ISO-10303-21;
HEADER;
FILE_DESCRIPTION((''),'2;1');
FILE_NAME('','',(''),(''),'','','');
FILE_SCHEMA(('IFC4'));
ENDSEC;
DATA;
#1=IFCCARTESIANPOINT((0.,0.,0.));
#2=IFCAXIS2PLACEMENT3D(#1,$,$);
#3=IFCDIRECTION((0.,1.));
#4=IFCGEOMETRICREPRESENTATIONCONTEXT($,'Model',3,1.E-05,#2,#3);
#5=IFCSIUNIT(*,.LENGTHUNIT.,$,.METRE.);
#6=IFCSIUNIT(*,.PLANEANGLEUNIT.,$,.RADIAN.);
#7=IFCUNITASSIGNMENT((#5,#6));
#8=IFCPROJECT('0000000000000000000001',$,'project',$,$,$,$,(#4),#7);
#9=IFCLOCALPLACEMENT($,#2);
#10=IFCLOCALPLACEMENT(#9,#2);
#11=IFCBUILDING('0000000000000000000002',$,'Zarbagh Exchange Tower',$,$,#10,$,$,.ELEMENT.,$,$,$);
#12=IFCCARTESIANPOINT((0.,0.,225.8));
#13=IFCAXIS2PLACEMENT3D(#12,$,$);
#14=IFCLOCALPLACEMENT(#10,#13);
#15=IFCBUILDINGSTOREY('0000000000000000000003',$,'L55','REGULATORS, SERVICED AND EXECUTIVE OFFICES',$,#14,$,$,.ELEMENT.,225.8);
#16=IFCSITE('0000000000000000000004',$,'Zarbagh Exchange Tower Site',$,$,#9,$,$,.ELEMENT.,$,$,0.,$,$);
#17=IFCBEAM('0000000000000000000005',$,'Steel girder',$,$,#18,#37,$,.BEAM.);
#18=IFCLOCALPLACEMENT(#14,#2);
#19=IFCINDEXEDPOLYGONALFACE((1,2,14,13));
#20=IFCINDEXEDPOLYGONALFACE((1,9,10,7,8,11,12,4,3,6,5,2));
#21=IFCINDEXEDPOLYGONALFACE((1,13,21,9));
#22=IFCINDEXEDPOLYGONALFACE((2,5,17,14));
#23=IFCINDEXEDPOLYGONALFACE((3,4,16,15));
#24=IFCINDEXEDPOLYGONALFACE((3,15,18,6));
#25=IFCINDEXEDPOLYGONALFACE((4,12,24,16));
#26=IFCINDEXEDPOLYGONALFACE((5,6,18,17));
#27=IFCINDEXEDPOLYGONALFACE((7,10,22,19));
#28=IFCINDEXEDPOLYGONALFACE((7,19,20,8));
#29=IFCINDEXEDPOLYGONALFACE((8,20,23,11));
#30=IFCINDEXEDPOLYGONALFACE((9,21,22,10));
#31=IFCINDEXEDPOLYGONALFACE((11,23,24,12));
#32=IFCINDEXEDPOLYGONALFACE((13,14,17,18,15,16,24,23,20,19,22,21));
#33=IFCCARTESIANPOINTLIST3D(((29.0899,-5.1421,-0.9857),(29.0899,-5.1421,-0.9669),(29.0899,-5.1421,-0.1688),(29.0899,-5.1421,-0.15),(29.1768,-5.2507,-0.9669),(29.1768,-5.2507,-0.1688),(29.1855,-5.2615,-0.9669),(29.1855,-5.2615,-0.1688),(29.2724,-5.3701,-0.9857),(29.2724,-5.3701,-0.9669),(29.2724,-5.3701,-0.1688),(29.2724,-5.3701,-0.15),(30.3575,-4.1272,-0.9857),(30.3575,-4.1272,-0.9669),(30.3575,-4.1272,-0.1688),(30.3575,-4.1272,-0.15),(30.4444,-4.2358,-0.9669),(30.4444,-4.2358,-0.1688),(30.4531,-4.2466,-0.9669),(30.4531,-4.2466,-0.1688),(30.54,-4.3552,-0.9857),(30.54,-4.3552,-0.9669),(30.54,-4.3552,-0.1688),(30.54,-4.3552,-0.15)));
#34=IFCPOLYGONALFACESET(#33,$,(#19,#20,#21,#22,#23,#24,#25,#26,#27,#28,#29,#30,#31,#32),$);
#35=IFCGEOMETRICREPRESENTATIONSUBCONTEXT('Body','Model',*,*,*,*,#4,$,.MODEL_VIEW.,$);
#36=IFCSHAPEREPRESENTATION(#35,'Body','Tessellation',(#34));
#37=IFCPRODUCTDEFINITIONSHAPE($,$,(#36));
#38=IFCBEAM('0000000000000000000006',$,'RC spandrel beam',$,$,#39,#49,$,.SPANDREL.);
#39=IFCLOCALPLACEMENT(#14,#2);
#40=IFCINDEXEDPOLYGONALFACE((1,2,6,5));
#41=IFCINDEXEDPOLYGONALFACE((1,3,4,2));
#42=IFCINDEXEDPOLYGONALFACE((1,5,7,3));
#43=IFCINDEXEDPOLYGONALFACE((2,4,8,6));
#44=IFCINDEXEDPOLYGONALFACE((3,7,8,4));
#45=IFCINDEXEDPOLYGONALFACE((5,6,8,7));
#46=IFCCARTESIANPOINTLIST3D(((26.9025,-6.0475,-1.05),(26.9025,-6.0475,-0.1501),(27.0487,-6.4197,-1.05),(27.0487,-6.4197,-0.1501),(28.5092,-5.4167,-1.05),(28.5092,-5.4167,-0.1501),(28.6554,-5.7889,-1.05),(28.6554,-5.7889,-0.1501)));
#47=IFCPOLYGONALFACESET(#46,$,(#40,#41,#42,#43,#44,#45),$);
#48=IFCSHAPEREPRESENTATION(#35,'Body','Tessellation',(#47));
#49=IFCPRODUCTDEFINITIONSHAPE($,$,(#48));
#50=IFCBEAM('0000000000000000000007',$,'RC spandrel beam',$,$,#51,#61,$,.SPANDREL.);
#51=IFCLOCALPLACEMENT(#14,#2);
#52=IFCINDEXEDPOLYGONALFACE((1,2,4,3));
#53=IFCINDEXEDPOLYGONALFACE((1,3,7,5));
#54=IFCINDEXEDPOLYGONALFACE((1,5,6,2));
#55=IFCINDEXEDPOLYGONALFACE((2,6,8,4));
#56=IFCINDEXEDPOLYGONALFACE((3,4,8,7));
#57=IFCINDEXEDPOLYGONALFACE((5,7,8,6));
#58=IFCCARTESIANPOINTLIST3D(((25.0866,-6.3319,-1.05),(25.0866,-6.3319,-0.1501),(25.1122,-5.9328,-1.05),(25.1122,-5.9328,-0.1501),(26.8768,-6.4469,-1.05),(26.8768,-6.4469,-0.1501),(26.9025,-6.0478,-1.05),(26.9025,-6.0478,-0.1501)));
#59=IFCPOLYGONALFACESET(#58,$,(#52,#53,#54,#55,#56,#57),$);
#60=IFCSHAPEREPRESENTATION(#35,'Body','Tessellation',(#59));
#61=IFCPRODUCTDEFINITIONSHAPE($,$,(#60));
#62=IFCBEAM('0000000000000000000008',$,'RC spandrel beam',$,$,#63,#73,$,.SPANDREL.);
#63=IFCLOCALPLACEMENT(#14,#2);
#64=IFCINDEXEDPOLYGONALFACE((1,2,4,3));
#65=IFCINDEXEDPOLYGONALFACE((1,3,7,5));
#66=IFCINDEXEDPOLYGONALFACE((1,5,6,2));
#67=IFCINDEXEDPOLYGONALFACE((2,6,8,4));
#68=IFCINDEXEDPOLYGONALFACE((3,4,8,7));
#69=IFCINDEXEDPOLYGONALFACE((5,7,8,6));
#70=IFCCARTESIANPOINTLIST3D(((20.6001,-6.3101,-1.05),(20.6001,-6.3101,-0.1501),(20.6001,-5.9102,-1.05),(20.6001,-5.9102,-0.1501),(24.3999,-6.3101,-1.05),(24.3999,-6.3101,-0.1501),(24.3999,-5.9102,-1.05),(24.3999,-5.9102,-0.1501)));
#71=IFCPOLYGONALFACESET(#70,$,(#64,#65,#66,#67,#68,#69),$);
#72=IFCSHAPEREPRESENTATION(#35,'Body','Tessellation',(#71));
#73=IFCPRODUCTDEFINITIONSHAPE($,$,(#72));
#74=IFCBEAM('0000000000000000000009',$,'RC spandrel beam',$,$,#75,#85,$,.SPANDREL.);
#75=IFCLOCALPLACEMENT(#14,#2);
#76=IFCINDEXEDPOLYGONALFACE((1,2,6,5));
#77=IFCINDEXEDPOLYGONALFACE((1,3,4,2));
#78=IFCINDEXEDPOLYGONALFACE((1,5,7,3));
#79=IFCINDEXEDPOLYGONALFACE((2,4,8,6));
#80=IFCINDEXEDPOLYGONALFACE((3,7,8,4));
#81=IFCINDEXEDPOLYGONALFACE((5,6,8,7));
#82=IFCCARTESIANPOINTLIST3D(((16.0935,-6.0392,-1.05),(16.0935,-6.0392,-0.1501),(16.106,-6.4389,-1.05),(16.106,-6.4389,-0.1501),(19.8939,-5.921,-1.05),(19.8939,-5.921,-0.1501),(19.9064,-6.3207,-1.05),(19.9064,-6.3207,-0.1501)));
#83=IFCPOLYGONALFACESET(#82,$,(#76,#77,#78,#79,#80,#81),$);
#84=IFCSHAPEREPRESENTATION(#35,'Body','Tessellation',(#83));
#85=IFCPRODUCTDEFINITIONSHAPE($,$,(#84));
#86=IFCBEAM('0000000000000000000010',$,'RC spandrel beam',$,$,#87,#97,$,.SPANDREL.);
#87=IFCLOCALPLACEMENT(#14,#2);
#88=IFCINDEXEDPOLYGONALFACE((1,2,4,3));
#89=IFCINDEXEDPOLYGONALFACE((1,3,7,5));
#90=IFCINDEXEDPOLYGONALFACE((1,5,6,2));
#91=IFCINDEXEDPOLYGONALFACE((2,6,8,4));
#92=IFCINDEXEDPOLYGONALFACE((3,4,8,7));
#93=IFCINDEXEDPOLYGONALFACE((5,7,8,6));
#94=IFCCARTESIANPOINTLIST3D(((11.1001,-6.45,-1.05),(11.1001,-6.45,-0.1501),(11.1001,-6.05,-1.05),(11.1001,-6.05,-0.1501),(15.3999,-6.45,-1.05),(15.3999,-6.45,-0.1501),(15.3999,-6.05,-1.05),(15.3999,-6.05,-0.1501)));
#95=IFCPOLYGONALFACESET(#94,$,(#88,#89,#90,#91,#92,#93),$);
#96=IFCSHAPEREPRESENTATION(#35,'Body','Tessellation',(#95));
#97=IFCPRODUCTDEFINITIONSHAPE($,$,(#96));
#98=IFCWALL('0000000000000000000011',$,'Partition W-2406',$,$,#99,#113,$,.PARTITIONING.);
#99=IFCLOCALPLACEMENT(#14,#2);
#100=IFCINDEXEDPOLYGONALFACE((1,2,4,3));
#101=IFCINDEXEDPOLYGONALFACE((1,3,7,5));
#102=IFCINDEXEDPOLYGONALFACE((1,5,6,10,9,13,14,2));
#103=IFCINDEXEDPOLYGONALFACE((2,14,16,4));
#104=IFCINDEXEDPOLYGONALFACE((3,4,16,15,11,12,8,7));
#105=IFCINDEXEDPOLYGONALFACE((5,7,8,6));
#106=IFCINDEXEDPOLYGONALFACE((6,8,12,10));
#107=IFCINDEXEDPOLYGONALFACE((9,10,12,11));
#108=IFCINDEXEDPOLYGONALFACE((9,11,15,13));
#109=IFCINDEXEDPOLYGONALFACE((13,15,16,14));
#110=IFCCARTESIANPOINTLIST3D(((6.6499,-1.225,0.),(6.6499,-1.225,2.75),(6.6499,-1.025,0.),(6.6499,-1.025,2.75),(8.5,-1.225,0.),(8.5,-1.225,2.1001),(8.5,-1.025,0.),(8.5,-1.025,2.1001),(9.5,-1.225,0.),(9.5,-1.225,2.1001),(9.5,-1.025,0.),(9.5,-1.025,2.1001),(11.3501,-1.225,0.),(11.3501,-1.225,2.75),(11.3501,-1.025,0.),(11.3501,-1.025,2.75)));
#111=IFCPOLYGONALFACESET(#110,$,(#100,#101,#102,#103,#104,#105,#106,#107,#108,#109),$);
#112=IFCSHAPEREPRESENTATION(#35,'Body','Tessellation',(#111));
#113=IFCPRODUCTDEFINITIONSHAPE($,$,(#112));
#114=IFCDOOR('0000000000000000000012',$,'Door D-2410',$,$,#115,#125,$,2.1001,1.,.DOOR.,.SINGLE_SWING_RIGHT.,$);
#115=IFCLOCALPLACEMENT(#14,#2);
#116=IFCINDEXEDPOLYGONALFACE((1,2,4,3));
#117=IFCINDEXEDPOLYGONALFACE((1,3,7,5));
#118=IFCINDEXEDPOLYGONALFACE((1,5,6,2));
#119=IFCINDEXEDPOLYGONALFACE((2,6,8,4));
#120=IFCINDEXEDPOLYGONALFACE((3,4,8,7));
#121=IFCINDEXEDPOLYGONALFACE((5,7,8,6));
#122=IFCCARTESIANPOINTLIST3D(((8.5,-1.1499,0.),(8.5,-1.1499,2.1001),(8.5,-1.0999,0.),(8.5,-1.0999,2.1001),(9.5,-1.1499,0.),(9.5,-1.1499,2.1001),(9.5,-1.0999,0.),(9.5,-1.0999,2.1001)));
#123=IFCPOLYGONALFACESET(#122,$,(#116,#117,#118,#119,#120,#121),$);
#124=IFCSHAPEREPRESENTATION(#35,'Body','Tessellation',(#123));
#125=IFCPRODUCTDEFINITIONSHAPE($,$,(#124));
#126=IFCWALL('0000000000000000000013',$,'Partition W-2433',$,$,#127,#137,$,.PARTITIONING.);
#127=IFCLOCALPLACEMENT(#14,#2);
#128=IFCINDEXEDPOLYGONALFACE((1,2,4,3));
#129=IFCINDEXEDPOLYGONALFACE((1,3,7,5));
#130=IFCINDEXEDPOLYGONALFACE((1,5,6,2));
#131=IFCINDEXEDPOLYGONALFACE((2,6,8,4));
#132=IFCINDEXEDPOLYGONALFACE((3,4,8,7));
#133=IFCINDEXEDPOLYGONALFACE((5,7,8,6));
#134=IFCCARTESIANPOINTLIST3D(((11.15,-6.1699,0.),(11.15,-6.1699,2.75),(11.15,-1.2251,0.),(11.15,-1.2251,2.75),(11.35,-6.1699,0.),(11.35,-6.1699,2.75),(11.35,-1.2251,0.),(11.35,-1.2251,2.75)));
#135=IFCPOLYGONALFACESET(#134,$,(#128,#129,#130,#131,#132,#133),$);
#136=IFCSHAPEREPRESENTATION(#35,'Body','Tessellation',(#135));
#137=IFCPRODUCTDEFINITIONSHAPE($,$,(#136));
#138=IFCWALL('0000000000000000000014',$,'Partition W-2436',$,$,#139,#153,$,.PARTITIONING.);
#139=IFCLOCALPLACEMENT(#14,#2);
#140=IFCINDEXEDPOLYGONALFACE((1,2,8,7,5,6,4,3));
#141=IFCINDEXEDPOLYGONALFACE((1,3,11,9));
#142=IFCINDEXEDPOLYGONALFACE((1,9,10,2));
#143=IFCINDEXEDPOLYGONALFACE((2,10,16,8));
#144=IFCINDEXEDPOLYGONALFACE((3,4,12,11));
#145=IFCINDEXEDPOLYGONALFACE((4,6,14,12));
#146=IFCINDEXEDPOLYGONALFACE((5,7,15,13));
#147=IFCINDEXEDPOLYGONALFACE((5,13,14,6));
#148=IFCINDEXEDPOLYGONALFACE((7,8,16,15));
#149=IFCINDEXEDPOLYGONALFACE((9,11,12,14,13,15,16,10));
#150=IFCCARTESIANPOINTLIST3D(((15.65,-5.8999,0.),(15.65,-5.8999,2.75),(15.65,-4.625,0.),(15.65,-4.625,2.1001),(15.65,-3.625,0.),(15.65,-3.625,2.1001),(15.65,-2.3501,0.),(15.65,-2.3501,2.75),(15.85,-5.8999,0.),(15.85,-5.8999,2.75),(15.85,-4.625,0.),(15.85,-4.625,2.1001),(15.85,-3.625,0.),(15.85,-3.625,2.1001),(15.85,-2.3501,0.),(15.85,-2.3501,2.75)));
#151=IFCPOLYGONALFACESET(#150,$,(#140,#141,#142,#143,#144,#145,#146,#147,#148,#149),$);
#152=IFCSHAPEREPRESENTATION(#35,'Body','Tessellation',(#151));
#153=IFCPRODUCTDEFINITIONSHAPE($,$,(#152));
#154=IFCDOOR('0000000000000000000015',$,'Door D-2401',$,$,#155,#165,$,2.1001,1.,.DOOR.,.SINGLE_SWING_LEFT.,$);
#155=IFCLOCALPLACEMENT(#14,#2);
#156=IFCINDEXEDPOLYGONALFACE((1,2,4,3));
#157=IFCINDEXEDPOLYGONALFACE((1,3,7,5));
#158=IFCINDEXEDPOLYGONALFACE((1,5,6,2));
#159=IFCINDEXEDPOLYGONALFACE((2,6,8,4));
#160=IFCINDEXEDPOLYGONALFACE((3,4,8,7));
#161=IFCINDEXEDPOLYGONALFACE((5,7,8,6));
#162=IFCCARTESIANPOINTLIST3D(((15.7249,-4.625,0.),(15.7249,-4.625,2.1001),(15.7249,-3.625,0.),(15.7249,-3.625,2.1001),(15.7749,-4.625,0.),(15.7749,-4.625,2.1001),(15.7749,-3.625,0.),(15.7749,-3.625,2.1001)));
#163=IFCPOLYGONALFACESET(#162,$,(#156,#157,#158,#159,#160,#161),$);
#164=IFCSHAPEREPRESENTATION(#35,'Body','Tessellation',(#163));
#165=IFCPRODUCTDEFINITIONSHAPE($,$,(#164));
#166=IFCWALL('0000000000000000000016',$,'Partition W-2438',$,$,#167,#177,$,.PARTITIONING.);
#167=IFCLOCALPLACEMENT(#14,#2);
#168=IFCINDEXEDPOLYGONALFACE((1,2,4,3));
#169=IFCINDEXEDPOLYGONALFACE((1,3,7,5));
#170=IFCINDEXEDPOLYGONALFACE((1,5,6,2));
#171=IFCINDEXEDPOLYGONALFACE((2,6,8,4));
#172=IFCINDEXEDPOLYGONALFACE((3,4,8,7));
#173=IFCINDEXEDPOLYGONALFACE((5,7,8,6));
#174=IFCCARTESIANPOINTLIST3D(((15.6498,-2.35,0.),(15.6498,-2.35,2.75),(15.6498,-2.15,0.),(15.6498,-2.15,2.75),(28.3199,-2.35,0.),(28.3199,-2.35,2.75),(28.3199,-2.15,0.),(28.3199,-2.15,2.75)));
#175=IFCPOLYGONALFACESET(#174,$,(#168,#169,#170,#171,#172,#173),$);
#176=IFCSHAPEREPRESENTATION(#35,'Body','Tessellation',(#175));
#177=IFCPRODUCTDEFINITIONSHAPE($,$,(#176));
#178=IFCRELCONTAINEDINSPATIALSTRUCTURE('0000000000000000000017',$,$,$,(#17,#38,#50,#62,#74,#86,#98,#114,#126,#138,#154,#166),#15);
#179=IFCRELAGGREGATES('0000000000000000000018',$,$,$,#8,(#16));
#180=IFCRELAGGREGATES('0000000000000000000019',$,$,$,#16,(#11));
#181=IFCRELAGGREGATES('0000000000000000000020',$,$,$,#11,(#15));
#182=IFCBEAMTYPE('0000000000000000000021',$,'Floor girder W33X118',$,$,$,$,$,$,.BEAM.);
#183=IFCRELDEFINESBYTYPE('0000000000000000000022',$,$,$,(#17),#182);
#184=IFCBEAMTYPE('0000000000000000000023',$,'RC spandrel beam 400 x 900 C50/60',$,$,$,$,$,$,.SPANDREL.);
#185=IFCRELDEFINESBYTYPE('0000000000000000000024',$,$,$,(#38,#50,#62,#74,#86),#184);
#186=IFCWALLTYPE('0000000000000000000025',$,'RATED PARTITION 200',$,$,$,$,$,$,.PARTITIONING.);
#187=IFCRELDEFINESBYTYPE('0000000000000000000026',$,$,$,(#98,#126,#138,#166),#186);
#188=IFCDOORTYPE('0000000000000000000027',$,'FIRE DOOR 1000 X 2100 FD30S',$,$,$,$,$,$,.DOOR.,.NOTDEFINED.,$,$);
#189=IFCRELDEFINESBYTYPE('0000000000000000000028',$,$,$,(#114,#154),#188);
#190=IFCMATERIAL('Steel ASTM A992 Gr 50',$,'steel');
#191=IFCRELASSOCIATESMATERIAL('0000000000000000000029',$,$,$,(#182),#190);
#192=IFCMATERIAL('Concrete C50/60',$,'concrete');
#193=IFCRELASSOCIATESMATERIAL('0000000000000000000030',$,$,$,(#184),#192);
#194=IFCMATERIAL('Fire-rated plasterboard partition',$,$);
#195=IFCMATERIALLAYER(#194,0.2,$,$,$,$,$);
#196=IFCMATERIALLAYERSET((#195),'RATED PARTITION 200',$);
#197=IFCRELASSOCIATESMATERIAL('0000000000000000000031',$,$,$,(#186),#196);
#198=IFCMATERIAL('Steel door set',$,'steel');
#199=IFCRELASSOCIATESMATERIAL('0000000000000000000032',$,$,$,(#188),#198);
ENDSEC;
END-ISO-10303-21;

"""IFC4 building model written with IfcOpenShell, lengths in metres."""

from ifc_helpers import new_model, si_unit, direction, frame, frame_2d, origin, origin_2d, place, context, subcontext, project, spatial, rectangle, i_section, extrude, material, layer, layer_set, material_profile, profile_set, type_object, element, fill, save


model = new_model("IFC4")

# Units and contexts
model_context = context("Model", 3, precision=1e-05, world=origin(), true_north=direction((0.0, 1.0)))
body_context = subcontext(model_context, "Body", "Model", "MODEL_VIEW")
ifc_project = project(units=[si_unit("LENGTHUNIT", "METRE"), si_unit("PLANEANGLEUNIT", "RADIAN")], contexts=[model_context])

# Site, building, storey
site_placement = place(None, origin())
site = spatial("IfcSite", under=ifc_project, at=site_placement, Name="Zarbagh Exchange Tower Site", CompositionType="ELEMENT", RefElevation=0.0)
building_placement = place(site_placement, origin())
building = spatial("IfcBuilding", under=site, at=building_placement, Name="Zarbagh Exchange Tower", CompositionType="ELEMENT")
storey_placement = place(building_placement, frame((0.0, 0.0, 225.8)))
storey = spatial("IfcBuildingStorey", under=building, at=storey_placement, Name="L55", Description="REGULATORS, SERVICED AND EXECUTIVE OFFICES", CompositionType="ELEMENT", Elevation=225.8)

# Shared definitions
ifc_material_1 = material(Name="Concrete C50/60", Category="concrete")

# Beams
ifc_material_2 = material(Name="Steel ASTM A992 Gr 50", Category="steel")
ifc_material_profile_1 = material_profile(ifc_material_2, i_section(OverallWidth=0.292, OverallDepth=0.8357, WebThickness=0.0139, FlangeThickness=0.0188, at=origin_2d()), Name="W33X118")
ifc_profile_set_1 = profile_set([ifc_material_profile_1], Name="Steel ASTM A992 Gr 50")
beam_type_1 = type_object("IfcBeamType", Name="Floor girder W33X118", PredefinedType="BEAM", material=ifc_profile_set_1)
beam_1_placement = place(storey_placement, frame((30.4487, -4.2412, -0.5679), z_axis=(-0.780619, -0.625007, 0.0), x_axis=(0.625007, -0.780619, 0.0)))
element("IfcBeam", 1, at=beam_1_placement, inside=storey, type_object=beam_type_1, Name="Steel girder", PredefinedType="BEAM", context=body_context, shape_type="SweptSolid", body=[
    extrude(i_section(OverallWidth=0.292, OverallDepth=0.8357, WebThickness=0.0139, FlangeThickness=0.0188, at=origin_2d()), origin(), (0.0, 0.0, 1.0), 1.6238),
])
ifc_material_profile_2 = material_profile(ifc_material_1, rectangle(XDim=0.3999, YDim=0.8999, at=origin_2d()), Name="RC spandrel beam 400 x 900 C50/60")
ifc_profile_set_2 = profile_set([ifc_material_profile_2], Name="Concrete C50/60")
beam_type_2 = type_object("IfcBeamType", Name="RC spandrel beam 400 x 900 C50/60", PredefinedType="SPANDREL", material=ifc_profile_set_2)
beam_2_placement = place(storey_placement, frame((28.5823, -5.6028, -0.6001), z_axis=(-0.930819, -0.365482, 0.0), x_axis=(0.365482, -0.930819, 0.0)))
element("IfcBeam", 2, at=beam_2_placement, inside=storey, type_object=beam_type_2, Name="RC spandrel beam", PredefinedType="SPANDREL", context=body_context, shape_type="SweptSolid", body=[
    extrude(rectangle(XDim=0.3999, YDim=0.8999, at=origin_2d()), origin(), (0.0, 0.0, 1.0), 1.7261),
])
beam_3_placement = place(storey_placement, frame((26.8896, -6.2473, -0.6001), z_axis=(-0.997944, 0.064098, 0.0), x_axis=(-0.064098, -0.997944, 0.0)))
element("IfcBeam", 3, at=beam_3_placement, inside=storey, type_object=beam_type_2, Name="RC spandrel beam", PredefinedType="SPANDREL", context=body_context, shape_type="SweptSolid", body=[
    extrude(rectangle(XDim=0.3999, YDim=0.8999, at=origin_2d()), origin(), (0.0, 0.0, 1.0), 1.7939),
])
beam_4_placement = place(storey_placement, frame((24.3999, -6.1101, -0.6001), z_axis=(-1.0, 0.0, 0.0), x_axis=(0.0, -1.0, 0.0)))
element("IfcBeam", 4, at=beam_4_placement, inside=storey, type_object=beam_type_2, Name="RC spandrel beam", PredefinedType="SPANDREL", context=body_context, shape_type="SweptSolid", body=[
    extrude(rectangle(XDim=0.3999, YDim=0.8999, at=origin_2d()), origin(), (0.0, 0.0, 1.0), 3.7998),
])
beam_5_placement = place(storey_placement, frame((19.9001, -6.1208, -0.6001), z_axis=(-0.999517, -0.031078, 0.0), x_axis=(0.031078, -0.999517, 0.0)))
element("IfcBeam", 5, at=beam_5_placement, inside=storey, type_object=beam_type_2, Name="RC spandrel beam", PredefinedType="SPANDREL", context=body_context, shape_type="SweptSolid", body=[
    extrude(rectangle(XDim=0.3999, YDim=0.8999, at=origin_2d()), origin(), (0.0, 0.0, 1.0), 3.8022),
])
beam_6_placement = place(storey_placement, frame((15.3999, -6.25, -0.6001), z_axis=(-1.0, 0.0, 0.0), x_axis=(0.0, -1.0, 0.0)))
element("IfcBeam", 6, at=beam_6_placement, inside=storey, type_object=beam_type_2, Name="RC spandrel beam", PredefinedType="SPANDREL", context=body_context, shape_type="SweptSolid", body=[
    extrude(rectangle(XDim=0.3999, YDim=0.8999, at=origin_2d()), origin(), (0.0, 0.0, 1.0), 4.2998),
])

# Wall, opening, door
ifc_material_3 = material(Name="Fire-rated plasterboard partition")
ifc_layer = layer(ifc_material_3, 0.2)
ifc_layer_set = layer_set([ifc_layer], Name="RATED PARTITION 200")
wall_type = type_object("IfcWallType", Name="RATED PARTITION 200", PredefinedType="PARTITIONING", material=ifc_layer_set)
wall_1_placement = place(storey_placement, frame((11.3501, -1.125, 0.0), z_axis=(0.0, 0.0, 1.0), x_axis=(-1.0, 0.0, 0.0)))
wall_1 = element("IfcWall", 7, at=wall_1_placement, inside=storey, type_object=wall_type, Name="Partition W-2406", PredefinedType="PARTITIONING", context=body_context, shape_type="SweptSolid", body=[
    extrude(rectangle(XDim=4.7002, YDim=0.2, at=frame_2d((2.3501, 0.0))), origin(), (0.0, 0.0, 1.0), 2.75),
])
opening_1_placement = place(wall_1_placement, frame((1.8501, 0.0, 0.0)))
opening_1 = element("IfcOpeningElement", 8, at=opening_1_placement, cuts=wall_1, PredefinedType="OPENING", context=body_context, shape_type="SweptSolid", body=[
    extrude(rectangle(XDim=1.0, YDim=2.1001, at=frame_2d((0.5, 1.05))), frame((0.0, 0.1099, 0.0), z_axis=(0.0, -1.0, 0.0), x_axis=(1.0, 0.0, 0.0)), (0.0, 0.0, 1.0), 0.22),
])
ifc_material_4 = material(Name="Steel door set", Category="steel")
door_type = type_object("IfcDoorType", Name="FIRE DOOR 1000 X 2100 FD30S", OperationType="NOTDEFINED", PredefinedType="DOOR", material=ifc_material_4)
door_1_placement = place(opening_1_placement, origin())
door_1 = element("IfcDoor", 9, at=door_1_placement, inside=storey, type_object=door_type, Name="Door D-2410", OperationType="SINGLE_SWING_RIGHT", OverallHeight=2.1001, OverallWidth=1.0, PredefinedType="DOOR", context=body_context, shape_type="SweptSolid", body=[
    extrude(rectangle(XDim=1.0, YDim=2.1001, at=frame_2d((0.5, 1.05))), frame((0.0, 0.0249, 0.0), z_axis=(0.0, -1.0, 0.0), x_axis=(1.0, 0.0, 0.0)), (0.0, 0.0, 1.0), 0.05),
])
fill(opening_1, door_1)

# Wall
wall_2_placement = place(storey_placement, frame((11.25, -6.1699, 0.0), z_axis=(0.0, 0.0, 1.0), x_axis=(0.0, 1.0, 0.0)))
element("IfcWall", 10, at=wall_2_placement, inside=storey, type_object=wall_type, Name="Partition W-2433", PredefinedType="PARTITIONING", context=body_context, shape_type="SweptSolid", body=[
    extrude(rectangle(XDim=4.9448, YDim=0.2, at=frame_2d((2.4724, 0.0))), origin(), (0.0, 0.0, 1.0), 2.75),
])

# Wall, opening, door
wall_3_placement = place(storey_placement, frame((15.75, -2.3501, 0.0), z_axis=(0.0, 0.0, 1.0), x_axis=(0.0, -1.0, 0.0)))
wall_3 = element("IfcWall", 11, at=wall_3_placement, inside=storey, type_object=wall_type, Name="Partition W-2436", PredefinedType="PARTITIONING", context=body_context, shape_type="SweptSolid", body=[
    extrude(rectangle(XDim=3.5498, YDim=0.2, at=frame_2d((1.7749, 0.0))), origin(), (0.0, 0.0, 1.0), 2.75),
])
opening_2_placement = place(wall_3_placement, frame((1.2749, 0.0, 0.0)))
opening_2 = element("IfcOpeningElement", 12, at=opening_2_placement, cuts=wall_3, PredefinedType="OPENING", context=body_context, shape_type="SweptSolid", body=[
    extrude(rectangle(XDim=1.0, YDim=2.1001, at=frame_2d((0.5, 1.05))), frame((0.0, 0.1099, 0.0), z_axis=(0.0, -1.0, 0.0), x_axis=(1.0, 0.0, 0.0)), (0.0, 0.0, 1.0), 0.22),
])
door_2_placement = place(opening_2_placement, origin())
door_2 = element("IfcDoor", 13, at=door_2_placement, inside=storey, type_object=door_type, Name="Door D-2401", OperationType="SINGLE_SWING_LEFT", OverallHeight=2.1001, OverallWidth=1.0, PredefinedType="DOOR", context=body_context, shape_type="SweptSolid", body=[
    extrude(rectangle(XDim=1.0, YDim=2.1001, at=frame_2d((0.5, 1.05))), frame((0.0, 0.0249, 0.0), z_axis=(0.0, -1.0, 0.0), x_axis=(1.0, 0.0, 0.0)), (0.0, 0.0, 1.0), 0.05),
])
fill(opening_2, door_2)

# Wall
wall_4_placement = place(storey_placement, frame((15.6499, -2.25, 0.0), z_axis=(0.0, 0.0, 1.0), x_axis=(1.0, 0.0, 0.0)))
element("IfcWall", 14, at=wall_4_placement, inside=storey, type_object=wall_type, Name="Partition W-2438", PredefinedType="PARTITIONING", context=body_context, shape_type="SweptSolid", body=[
    extrude(rectangle(XDim=12.6702, YDim=0.2, at=frame_2d((6.335, 0.0))), origin(), (0.0, 0.0, 1.0), 2.75),
])

save(model, "model.ifc")
